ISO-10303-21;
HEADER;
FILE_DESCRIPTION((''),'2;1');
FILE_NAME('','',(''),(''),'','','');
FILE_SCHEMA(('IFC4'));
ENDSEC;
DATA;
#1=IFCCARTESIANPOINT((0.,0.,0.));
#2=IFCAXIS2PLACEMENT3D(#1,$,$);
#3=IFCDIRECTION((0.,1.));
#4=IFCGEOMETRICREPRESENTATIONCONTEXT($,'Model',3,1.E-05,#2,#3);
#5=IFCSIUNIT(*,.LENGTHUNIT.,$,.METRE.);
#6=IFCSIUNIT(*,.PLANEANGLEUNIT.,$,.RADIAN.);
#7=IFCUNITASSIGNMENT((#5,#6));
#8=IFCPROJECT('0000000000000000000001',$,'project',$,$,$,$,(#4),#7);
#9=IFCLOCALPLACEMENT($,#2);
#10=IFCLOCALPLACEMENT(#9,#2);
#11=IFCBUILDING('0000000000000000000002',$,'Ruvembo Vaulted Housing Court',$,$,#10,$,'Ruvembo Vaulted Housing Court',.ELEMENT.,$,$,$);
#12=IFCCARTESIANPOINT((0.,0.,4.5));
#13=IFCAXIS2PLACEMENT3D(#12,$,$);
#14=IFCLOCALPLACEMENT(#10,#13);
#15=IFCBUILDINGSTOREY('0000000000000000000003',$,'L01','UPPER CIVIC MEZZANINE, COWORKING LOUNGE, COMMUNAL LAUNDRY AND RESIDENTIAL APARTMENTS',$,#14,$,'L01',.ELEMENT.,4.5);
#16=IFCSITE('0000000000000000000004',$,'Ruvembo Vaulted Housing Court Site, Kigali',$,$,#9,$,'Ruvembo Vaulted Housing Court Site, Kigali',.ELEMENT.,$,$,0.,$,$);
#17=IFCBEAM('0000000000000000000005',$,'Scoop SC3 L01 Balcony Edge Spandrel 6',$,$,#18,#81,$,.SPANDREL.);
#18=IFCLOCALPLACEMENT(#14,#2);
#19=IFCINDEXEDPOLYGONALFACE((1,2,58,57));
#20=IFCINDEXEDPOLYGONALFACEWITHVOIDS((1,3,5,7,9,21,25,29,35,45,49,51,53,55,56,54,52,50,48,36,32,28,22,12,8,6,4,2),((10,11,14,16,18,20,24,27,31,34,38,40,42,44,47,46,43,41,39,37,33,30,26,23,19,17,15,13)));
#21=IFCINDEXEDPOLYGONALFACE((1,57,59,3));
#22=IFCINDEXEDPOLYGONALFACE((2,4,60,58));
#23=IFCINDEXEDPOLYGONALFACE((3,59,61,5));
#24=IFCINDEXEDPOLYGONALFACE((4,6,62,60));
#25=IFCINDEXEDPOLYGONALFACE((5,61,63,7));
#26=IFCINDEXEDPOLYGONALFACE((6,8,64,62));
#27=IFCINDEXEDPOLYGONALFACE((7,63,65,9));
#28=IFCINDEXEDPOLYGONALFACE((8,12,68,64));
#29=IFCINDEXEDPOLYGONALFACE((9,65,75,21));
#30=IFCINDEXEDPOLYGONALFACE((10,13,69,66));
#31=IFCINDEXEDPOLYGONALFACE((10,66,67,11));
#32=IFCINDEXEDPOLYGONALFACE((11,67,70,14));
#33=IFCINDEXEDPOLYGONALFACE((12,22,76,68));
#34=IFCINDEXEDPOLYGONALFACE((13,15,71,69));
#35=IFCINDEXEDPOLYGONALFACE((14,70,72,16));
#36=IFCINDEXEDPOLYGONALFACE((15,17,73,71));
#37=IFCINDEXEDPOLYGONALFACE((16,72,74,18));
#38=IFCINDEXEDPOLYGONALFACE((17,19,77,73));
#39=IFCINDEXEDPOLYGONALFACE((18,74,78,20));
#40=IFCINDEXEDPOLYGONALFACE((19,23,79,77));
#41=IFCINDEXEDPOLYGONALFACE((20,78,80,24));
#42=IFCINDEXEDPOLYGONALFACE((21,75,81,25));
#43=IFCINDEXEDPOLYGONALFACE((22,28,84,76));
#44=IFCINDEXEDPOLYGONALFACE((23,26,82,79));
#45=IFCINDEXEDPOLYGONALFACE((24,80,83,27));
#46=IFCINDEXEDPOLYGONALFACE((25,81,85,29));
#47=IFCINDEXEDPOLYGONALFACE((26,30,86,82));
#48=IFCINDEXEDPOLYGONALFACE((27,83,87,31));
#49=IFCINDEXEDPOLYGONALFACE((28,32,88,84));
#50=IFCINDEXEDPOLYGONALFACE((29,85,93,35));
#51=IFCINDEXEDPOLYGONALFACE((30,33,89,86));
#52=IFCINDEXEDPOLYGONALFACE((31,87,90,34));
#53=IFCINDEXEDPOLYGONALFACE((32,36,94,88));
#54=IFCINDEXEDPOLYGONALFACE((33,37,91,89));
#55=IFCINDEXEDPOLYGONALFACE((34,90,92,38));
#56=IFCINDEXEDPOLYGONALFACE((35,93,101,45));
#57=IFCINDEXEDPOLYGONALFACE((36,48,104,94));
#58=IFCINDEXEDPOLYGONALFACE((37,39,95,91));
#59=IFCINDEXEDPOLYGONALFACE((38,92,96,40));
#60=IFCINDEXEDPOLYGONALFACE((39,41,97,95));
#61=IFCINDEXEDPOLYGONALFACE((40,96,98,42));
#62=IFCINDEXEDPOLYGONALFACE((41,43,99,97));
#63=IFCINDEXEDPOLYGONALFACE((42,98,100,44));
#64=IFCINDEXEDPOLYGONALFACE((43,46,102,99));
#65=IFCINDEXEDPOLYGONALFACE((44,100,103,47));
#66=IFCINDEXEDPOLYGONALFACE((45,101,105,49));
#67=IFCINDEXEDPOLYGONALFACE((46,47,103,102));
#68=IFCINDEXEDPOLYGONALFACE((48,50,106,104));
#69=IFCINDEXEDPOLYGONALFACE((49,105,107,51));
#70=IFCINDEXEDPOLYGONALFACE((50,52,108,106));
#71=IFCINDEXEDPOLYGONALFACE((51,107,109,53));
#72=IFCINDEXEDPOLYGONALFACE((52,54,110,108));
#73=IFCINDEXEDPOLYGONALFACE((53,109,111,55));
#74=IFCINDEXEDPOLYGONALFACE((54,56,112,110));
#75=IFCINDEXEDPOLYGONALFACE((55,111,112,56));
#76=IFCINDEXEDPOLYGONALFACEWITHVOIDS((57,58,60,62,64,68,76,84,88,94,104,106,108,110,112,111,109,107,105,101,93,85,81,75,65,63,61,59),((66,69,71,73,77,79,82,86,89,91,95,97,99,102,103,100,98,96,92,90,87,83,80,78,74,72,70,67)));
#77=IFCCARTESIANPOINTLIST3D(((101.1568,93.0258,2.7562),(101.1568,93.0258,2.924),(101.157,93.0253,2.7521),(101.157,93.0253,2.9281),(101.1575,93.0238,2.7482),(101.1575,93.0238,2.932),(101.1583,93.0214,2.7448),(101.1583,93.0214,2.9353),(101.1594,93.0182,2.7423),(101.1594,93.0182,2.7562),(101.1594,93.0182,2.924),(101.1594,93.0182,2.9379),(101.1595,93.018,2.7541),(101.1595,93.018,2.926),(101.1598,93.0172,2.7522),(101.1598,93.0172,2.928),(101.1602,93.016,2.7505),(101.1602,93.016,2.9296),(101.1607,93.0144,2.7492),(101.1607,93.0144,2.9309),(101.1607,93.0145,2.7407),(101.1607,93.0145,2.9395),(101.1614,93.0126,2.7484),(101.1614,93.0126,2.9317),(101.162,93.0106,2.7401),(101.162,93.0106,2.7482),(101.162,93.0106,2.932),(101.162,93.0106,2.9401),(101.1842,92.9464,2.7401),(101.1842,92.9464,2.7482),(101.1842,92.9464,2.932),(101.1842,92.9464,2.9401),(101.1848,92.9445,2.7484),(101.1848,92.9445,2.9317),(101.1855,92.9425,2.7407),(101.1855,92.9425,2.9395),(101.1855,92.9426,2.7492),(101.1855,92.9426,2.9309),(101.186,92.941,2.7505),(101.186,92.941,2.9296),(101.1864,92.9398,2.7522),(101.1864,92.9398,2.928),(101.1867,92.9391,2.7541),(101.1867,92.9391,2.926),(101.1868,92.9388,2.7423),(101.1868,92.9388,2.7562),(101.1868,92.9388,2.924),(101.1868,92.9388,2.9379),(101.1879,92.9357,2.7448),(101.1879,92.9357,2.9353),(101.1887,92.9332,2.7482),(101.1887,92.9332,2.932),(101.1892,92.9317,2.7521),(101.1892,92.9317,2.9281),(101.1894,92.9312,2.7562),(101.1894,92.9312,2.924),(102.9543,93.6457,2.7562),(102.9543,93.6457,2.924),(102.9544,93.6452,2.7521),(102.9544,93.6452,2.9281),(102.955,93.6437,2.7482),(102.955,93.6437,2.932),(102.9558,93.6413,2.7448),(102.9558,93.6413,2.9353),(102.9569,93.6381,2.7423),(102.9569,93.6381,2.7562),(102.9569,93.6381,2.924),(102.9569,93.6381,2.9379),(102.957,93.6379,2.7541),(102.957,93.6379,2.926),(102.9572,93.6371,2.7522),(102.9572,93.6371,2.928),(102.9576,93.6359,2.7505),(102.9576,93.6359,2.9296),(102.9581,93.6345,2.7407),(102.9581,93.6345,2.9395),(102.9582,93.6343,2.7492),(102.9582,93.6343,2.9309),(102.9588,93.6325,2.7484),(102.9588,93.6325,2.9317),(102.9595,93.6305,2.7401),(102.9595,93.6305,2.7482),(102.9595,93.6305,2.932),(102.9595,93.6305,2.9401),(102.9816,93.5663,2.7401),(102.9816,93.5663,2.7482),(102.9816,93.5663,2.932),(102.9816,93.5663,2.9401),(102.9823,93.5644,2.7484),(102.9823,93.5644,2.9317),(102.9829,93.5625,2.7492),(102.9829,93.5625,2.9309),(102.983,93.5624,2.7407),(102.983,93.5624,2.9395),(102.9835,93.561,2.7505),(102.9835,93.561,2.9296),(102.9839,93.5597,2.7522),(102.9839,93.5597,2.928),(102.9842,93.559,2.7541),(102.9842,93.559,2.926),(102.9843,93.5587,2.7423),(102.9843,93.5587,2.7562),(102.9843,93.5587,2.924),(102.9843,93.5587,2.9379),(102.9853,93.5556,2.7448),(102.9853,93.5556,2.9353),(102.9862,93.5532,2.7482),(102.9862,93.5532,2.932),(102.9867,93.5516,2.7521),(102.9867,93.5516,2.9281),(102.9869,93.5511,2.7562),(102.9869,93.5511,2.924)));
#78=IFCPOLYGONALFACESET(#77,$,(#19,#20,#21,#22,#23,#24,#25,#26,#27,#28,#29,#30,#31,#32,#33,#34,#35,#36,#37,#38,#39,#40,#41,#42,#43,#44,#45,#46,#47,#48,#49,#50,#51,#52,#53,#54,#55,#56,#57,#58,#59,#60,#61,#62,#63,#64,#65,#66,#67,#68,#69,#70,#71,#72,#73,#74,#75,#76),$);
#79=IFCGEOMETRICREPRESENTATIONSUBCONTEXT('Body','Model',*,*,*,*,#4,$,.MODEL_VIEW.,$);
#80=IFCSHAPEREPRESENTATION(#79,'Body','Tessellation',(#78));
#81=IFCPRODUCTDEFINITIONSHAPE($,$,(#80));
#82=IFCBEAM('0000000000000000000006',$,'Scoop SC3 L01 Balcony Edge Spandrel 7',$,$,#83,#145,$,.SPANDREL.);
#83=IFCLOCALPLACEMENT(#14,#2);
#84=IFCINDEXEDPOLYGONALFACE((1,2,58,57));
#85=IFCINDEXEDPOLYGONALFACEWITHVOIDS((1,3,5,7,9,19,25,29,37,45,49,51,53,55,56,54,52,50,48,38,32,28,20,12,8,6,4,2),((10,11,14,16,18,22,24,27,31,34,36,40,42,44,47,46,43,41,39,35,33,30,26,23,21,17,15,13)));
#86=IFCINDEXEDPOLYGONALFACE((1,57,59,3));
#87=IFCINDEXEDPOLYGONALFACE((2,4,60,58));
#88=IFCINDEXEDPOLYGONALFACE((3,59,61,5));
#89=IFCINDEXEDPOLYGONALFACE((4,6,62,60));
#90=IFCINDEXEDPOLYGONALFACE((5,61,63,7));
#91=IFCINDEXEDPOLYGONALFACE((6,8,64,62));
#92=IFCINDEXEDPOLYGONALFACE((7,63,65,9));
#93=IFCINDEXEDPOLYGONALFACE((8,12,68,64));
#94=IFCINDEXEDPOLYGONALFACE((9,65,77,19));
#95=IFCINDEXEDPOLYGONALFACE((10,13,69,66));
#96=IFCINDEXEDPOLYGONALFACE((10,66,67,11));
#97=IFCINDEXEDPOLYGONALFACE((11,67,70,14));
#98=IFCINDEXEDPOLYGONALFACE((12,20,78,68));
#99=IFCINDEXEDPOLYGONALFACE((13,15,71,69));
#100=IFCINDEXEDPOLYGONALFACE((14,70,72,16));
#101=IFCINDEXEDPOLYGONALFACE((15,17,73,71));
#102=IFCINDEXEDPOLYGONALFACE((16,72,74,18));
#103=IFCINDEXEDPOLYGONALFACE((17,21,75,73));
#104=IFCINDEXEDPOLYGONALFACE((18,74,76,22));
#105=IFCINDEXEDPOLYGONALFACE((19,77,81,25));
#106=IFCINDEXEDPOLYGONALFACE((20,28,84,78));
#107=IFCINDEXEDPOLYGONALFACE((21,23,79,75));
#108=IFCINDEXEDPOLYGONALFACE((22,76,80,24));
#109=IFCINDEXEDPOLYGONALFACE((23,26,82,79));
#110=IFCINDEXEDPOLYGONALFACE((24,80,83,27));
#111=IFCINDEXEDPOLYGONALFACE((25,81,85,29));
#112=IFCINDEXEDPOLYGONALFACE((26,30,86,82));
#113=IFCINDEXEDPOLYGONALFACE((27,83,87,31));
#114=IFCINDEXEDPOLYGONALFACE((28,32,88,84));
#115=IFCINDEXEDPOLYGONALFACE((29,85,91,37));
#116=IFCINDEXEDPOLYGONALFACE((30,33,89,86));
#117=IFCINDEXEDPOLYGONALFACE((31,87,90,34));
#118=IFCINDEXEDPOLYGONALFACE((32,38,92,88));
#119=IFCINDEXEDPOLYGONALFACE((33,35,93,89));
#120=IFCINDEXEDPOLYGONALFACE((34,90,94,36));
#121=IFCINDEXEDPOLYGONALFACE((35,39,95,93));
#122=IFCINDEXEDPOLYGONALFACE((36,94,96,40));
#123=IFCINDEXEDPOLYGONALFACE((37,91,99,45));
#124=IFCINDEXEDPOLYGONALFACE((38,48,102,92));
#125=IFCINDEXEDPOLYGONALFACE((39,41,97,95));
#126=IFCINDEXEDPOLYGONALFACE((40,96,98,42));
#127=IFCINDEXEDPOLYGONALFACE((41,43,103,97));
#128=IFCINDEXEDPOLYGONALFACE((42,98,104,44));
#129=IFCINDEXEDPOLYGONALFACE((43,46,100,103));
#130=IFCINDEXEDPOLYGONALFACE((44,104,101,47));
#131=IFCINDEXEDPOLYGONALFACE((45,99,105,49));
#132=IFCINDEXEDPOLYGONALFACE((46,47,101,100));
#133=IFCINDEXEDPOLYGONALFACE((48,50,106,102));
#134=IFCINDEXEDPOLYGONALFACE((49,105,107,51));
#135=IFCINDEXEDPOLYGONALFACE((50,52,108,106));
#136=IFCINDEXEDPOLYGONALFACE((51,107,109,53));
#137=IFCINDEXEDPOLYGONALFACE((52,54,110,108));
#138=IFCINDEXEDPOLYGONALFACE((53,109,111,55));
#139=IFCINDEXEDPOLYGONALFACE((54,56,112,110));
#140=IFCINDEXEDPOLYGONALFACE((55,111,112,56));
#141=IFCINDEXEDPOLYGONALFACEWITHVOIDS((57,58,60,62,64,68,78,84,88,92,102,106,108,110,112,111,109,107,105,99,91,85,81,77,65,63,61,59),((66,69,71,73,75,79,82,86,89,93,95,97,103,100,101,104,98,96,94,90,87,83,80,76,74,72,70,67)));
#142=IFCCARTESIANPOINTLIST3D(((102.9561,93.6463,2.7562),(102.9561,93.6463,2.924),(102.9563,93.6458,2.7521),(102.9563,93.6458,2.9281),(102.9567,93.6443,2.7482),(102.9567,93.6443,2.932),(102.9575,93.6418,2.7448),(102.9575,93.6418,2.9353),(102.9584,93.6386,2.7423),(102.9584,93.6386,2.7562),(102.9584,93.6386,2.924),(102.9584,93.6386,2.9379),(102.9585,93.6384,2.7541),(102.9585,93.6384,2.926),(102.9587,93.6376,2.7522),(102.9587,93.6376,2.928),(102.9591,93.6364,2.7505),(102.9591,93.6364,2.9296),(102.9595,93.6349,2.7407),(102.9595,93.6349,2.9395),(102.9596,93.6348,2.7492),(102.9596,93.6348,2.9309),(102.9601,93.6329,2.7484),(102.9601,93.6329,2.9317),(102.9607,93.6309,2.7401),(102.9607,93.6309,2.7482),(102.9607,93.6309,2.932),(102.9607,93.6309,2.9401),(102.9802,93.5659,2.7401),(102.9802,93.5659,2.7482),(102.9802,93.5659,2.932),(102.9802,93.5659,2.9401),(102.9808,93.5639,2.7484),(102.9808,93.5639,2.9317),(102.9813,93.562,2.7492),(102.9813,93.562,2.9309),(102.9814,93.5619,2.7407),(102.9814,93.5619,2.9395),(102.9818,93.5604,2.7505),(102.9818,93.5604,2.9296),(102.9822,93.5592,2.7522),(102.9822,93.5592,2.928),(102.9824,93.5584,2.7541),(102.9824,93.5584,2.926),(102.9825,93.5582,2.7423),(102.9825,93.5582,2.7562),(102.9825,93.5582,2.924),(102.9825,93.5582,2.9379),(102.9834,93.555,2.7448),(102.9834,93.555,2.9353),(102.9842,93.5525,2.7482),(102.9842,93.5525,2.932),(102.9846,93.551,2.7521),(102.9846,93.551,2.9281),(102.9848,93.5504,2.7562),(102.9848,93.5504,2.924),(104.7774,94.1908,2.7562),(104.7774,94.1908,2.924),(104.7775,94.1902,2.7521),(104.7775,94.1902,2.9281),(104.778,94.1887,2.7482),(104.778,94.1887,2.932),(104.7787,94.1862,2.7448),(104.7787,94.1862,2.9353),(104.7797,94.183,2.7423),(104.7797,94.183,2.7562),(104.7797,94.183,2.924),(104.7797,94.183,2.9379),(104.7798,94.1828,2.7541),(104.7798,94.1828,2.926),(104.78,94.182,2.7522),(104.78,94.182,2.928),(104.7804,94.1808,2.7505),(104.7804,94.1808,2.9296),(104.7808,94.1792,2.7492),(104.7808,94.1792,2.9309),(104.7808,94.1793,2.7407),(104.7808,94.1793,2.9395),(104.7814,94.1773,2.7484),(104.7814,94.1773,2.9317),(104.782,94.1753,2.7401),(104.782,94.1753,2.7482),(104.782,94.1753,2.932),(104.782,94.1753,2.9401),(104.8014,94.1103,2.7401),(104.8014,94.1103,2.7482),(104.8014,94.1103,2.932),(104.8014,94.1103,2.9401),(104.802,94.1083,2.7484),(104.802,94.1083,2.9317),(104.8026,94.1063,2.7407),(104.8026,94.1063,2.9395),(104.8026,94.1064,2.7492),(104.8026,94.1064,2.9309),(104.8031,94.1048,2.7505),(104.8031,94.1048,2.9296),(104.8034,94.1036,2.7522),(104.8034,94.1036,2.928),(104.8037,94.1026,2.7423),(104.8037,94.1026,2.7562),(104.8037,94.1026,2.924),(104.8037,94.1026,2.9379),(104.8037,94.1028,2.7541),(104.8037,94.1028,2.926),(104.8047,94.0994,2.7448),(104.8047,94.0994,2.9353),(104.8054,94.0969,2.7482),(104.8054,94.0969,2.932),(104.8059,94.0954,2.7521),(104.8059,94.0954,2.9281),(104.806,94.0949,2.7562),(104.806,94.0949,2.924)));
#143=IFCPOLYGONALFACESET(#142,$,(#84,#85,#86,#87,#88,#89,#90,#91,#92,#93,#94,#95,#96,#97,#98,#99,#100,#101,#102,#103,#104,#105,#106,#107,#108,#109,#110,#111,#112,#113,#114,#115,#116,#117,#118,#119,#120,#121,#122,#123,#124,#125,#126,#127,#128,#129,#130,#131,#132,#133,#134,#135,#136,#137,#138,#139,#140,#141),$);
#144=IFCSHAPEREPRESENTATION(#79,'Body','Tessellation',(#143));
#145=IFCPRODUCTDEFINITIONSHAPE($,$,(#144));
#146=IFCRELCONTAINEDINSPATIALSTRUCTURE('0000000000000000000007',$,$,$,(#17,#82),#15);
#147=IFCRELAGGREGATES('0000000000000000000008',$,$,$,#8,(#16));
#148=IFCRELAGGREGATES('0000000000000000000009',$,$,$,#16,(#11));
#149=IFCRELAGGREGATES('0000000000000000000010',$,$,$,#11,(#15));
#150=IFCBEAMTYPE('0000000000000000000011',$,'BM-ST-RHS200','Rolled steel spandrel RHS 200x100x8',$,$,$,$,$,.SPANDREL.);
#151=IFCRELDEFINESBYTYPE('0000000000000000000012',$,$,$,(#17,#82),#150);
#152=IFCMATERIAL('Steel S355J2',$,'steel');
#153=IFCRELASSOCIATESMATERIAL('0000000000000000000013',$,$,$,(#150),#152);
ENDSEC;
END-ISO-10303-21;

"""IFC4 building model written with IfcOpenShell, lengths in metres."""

from ifc_helpers import new_model, si_unit, direction, frame, origin, origin_2d, place, context, subcontext, project, spatial, hollow_rectangle, extrude, material, material_profile, profile_set, type_object, element, save


model = new_model("IFC4")

# Units and contexts
model_context = context("Model", 3, precision=1e-05, world=origin(), true_north=direction((0.0, 1.0)))
body_context = subcontext(model_context, "Body", "Model", "MODEL_VIEW")
ifc_project = project(units=[si_unit("LENGTHUNIT", "METRE"), si_unit("PLANEANGLEUNIT", "RADIAN")], contexts=[model_context])

# Site, building, storey
site_placement = place(None, origin())
site = spatial("IfcSite", under=ifc_project, at=site_placement, Name="Ruvembo Vaulted Housing Court Site, Kigali", LongName="Ruvembo Vaulted Housing Court Site, Kigali", CompositionType="ELEMENT", RefElevation=0.0)
building_placement = place(site_placement, origin())
building = spatial("IfcBuilding", under=site, at=building_placement, Name="Ruvembo Vaulted Housing Court", LongName="Ruvembo Vaulted Housing Court", CompositionType="ELEMENT")
storey_placement = place(building_placement, frame((0.0, 0.0, 4.5)))
storey = spatial("IfcBuildingStorey", under=building, at=storey_placement, Name="L01", Description="UPPER CIVIC MEZZANINE, COWORKING LOUNGE, COMMUNAL LAUNDRY AND RESIDENTIAL APARTMENTS", LongName="L01", CompositionType="ELEMENT", Elevation=4.5)

# Beams
ifc_material_1 = material(Name="Steel S355J2", Category="steel")
ifc_material_profile_1 = material_profile(ifc_material_1, hollow_rectangle(XDim=0.1001, YDim=0.2, WallThickness=0.0081, InnerFilletRadius=0.0081, OuterFilletRadius=0.0161, at=origin_2d()), Name="RHS 200x100x8")
ifc_profile_set_1 = profile_set([ifc_material_profile_1], Name="Steel S355J2")
beam_type = type_object("IfcBeamType", Name="BM-ST-RHS200", Description="Rolled steel spandrel RHS 200x100x8", PredefinedType="SPANDREL", material=ifc_profile_set_1)
beam_placement = place(storey_placement, frame((101.1731, 92.9785, 2.8401), z_axis=(0.945358, 0.326034, 0.0), x_axis=(-0.326034, 0.945358, 0.0)))
element("IfcBeam", 1, at=beam_placement, inside=storey, type_object=beam_type, Name="Scoop SC3 L01 Balcony Edge Spandrel 6", PredefinedType="SPANDREL", context=body_context, shape_type="SweptSolid", body=[
    extrude(hollow_rectangle(XDim=0.1001, YDim=0.2, WallThickness=0.0081, InnerFilletRadius=0.0081, OuterFilletRadius=0.0161, at=origin_2d()), origin(), (0.0, 0.0, 1.0), 1.9014),
])
for number, where, z_axis, x_axis, name in (
    (2, (102.9705, 93.5984, 2.8401), (0.958109, 0.286405, 0.0), (-0.286405, 0.958109, 0.0), "Scoop SC3 L01 Balcony Edge Spandrel 7"),
):
    element("IfcBeam", number, at=place(storey_placement, frame(where, z_axis=z_axis, x_axis=x_axis)), inside=storey, type_object=beam_type, Name=name, PredefinedType="SPANDREL", context=body_context, shape_type="SweptSolid", body=[
        extrude(hollow_rectangle(XDim=0.1001, YDim=0.2, WallThickness=0.0081, InnerFilletRadius=0.0081, OuterFilletRadius=0.0161, at=origin_2d()), origin(), (0.0, 0.0, 1.0), 1.9009),
    ])

save(model, "model.ifc")
